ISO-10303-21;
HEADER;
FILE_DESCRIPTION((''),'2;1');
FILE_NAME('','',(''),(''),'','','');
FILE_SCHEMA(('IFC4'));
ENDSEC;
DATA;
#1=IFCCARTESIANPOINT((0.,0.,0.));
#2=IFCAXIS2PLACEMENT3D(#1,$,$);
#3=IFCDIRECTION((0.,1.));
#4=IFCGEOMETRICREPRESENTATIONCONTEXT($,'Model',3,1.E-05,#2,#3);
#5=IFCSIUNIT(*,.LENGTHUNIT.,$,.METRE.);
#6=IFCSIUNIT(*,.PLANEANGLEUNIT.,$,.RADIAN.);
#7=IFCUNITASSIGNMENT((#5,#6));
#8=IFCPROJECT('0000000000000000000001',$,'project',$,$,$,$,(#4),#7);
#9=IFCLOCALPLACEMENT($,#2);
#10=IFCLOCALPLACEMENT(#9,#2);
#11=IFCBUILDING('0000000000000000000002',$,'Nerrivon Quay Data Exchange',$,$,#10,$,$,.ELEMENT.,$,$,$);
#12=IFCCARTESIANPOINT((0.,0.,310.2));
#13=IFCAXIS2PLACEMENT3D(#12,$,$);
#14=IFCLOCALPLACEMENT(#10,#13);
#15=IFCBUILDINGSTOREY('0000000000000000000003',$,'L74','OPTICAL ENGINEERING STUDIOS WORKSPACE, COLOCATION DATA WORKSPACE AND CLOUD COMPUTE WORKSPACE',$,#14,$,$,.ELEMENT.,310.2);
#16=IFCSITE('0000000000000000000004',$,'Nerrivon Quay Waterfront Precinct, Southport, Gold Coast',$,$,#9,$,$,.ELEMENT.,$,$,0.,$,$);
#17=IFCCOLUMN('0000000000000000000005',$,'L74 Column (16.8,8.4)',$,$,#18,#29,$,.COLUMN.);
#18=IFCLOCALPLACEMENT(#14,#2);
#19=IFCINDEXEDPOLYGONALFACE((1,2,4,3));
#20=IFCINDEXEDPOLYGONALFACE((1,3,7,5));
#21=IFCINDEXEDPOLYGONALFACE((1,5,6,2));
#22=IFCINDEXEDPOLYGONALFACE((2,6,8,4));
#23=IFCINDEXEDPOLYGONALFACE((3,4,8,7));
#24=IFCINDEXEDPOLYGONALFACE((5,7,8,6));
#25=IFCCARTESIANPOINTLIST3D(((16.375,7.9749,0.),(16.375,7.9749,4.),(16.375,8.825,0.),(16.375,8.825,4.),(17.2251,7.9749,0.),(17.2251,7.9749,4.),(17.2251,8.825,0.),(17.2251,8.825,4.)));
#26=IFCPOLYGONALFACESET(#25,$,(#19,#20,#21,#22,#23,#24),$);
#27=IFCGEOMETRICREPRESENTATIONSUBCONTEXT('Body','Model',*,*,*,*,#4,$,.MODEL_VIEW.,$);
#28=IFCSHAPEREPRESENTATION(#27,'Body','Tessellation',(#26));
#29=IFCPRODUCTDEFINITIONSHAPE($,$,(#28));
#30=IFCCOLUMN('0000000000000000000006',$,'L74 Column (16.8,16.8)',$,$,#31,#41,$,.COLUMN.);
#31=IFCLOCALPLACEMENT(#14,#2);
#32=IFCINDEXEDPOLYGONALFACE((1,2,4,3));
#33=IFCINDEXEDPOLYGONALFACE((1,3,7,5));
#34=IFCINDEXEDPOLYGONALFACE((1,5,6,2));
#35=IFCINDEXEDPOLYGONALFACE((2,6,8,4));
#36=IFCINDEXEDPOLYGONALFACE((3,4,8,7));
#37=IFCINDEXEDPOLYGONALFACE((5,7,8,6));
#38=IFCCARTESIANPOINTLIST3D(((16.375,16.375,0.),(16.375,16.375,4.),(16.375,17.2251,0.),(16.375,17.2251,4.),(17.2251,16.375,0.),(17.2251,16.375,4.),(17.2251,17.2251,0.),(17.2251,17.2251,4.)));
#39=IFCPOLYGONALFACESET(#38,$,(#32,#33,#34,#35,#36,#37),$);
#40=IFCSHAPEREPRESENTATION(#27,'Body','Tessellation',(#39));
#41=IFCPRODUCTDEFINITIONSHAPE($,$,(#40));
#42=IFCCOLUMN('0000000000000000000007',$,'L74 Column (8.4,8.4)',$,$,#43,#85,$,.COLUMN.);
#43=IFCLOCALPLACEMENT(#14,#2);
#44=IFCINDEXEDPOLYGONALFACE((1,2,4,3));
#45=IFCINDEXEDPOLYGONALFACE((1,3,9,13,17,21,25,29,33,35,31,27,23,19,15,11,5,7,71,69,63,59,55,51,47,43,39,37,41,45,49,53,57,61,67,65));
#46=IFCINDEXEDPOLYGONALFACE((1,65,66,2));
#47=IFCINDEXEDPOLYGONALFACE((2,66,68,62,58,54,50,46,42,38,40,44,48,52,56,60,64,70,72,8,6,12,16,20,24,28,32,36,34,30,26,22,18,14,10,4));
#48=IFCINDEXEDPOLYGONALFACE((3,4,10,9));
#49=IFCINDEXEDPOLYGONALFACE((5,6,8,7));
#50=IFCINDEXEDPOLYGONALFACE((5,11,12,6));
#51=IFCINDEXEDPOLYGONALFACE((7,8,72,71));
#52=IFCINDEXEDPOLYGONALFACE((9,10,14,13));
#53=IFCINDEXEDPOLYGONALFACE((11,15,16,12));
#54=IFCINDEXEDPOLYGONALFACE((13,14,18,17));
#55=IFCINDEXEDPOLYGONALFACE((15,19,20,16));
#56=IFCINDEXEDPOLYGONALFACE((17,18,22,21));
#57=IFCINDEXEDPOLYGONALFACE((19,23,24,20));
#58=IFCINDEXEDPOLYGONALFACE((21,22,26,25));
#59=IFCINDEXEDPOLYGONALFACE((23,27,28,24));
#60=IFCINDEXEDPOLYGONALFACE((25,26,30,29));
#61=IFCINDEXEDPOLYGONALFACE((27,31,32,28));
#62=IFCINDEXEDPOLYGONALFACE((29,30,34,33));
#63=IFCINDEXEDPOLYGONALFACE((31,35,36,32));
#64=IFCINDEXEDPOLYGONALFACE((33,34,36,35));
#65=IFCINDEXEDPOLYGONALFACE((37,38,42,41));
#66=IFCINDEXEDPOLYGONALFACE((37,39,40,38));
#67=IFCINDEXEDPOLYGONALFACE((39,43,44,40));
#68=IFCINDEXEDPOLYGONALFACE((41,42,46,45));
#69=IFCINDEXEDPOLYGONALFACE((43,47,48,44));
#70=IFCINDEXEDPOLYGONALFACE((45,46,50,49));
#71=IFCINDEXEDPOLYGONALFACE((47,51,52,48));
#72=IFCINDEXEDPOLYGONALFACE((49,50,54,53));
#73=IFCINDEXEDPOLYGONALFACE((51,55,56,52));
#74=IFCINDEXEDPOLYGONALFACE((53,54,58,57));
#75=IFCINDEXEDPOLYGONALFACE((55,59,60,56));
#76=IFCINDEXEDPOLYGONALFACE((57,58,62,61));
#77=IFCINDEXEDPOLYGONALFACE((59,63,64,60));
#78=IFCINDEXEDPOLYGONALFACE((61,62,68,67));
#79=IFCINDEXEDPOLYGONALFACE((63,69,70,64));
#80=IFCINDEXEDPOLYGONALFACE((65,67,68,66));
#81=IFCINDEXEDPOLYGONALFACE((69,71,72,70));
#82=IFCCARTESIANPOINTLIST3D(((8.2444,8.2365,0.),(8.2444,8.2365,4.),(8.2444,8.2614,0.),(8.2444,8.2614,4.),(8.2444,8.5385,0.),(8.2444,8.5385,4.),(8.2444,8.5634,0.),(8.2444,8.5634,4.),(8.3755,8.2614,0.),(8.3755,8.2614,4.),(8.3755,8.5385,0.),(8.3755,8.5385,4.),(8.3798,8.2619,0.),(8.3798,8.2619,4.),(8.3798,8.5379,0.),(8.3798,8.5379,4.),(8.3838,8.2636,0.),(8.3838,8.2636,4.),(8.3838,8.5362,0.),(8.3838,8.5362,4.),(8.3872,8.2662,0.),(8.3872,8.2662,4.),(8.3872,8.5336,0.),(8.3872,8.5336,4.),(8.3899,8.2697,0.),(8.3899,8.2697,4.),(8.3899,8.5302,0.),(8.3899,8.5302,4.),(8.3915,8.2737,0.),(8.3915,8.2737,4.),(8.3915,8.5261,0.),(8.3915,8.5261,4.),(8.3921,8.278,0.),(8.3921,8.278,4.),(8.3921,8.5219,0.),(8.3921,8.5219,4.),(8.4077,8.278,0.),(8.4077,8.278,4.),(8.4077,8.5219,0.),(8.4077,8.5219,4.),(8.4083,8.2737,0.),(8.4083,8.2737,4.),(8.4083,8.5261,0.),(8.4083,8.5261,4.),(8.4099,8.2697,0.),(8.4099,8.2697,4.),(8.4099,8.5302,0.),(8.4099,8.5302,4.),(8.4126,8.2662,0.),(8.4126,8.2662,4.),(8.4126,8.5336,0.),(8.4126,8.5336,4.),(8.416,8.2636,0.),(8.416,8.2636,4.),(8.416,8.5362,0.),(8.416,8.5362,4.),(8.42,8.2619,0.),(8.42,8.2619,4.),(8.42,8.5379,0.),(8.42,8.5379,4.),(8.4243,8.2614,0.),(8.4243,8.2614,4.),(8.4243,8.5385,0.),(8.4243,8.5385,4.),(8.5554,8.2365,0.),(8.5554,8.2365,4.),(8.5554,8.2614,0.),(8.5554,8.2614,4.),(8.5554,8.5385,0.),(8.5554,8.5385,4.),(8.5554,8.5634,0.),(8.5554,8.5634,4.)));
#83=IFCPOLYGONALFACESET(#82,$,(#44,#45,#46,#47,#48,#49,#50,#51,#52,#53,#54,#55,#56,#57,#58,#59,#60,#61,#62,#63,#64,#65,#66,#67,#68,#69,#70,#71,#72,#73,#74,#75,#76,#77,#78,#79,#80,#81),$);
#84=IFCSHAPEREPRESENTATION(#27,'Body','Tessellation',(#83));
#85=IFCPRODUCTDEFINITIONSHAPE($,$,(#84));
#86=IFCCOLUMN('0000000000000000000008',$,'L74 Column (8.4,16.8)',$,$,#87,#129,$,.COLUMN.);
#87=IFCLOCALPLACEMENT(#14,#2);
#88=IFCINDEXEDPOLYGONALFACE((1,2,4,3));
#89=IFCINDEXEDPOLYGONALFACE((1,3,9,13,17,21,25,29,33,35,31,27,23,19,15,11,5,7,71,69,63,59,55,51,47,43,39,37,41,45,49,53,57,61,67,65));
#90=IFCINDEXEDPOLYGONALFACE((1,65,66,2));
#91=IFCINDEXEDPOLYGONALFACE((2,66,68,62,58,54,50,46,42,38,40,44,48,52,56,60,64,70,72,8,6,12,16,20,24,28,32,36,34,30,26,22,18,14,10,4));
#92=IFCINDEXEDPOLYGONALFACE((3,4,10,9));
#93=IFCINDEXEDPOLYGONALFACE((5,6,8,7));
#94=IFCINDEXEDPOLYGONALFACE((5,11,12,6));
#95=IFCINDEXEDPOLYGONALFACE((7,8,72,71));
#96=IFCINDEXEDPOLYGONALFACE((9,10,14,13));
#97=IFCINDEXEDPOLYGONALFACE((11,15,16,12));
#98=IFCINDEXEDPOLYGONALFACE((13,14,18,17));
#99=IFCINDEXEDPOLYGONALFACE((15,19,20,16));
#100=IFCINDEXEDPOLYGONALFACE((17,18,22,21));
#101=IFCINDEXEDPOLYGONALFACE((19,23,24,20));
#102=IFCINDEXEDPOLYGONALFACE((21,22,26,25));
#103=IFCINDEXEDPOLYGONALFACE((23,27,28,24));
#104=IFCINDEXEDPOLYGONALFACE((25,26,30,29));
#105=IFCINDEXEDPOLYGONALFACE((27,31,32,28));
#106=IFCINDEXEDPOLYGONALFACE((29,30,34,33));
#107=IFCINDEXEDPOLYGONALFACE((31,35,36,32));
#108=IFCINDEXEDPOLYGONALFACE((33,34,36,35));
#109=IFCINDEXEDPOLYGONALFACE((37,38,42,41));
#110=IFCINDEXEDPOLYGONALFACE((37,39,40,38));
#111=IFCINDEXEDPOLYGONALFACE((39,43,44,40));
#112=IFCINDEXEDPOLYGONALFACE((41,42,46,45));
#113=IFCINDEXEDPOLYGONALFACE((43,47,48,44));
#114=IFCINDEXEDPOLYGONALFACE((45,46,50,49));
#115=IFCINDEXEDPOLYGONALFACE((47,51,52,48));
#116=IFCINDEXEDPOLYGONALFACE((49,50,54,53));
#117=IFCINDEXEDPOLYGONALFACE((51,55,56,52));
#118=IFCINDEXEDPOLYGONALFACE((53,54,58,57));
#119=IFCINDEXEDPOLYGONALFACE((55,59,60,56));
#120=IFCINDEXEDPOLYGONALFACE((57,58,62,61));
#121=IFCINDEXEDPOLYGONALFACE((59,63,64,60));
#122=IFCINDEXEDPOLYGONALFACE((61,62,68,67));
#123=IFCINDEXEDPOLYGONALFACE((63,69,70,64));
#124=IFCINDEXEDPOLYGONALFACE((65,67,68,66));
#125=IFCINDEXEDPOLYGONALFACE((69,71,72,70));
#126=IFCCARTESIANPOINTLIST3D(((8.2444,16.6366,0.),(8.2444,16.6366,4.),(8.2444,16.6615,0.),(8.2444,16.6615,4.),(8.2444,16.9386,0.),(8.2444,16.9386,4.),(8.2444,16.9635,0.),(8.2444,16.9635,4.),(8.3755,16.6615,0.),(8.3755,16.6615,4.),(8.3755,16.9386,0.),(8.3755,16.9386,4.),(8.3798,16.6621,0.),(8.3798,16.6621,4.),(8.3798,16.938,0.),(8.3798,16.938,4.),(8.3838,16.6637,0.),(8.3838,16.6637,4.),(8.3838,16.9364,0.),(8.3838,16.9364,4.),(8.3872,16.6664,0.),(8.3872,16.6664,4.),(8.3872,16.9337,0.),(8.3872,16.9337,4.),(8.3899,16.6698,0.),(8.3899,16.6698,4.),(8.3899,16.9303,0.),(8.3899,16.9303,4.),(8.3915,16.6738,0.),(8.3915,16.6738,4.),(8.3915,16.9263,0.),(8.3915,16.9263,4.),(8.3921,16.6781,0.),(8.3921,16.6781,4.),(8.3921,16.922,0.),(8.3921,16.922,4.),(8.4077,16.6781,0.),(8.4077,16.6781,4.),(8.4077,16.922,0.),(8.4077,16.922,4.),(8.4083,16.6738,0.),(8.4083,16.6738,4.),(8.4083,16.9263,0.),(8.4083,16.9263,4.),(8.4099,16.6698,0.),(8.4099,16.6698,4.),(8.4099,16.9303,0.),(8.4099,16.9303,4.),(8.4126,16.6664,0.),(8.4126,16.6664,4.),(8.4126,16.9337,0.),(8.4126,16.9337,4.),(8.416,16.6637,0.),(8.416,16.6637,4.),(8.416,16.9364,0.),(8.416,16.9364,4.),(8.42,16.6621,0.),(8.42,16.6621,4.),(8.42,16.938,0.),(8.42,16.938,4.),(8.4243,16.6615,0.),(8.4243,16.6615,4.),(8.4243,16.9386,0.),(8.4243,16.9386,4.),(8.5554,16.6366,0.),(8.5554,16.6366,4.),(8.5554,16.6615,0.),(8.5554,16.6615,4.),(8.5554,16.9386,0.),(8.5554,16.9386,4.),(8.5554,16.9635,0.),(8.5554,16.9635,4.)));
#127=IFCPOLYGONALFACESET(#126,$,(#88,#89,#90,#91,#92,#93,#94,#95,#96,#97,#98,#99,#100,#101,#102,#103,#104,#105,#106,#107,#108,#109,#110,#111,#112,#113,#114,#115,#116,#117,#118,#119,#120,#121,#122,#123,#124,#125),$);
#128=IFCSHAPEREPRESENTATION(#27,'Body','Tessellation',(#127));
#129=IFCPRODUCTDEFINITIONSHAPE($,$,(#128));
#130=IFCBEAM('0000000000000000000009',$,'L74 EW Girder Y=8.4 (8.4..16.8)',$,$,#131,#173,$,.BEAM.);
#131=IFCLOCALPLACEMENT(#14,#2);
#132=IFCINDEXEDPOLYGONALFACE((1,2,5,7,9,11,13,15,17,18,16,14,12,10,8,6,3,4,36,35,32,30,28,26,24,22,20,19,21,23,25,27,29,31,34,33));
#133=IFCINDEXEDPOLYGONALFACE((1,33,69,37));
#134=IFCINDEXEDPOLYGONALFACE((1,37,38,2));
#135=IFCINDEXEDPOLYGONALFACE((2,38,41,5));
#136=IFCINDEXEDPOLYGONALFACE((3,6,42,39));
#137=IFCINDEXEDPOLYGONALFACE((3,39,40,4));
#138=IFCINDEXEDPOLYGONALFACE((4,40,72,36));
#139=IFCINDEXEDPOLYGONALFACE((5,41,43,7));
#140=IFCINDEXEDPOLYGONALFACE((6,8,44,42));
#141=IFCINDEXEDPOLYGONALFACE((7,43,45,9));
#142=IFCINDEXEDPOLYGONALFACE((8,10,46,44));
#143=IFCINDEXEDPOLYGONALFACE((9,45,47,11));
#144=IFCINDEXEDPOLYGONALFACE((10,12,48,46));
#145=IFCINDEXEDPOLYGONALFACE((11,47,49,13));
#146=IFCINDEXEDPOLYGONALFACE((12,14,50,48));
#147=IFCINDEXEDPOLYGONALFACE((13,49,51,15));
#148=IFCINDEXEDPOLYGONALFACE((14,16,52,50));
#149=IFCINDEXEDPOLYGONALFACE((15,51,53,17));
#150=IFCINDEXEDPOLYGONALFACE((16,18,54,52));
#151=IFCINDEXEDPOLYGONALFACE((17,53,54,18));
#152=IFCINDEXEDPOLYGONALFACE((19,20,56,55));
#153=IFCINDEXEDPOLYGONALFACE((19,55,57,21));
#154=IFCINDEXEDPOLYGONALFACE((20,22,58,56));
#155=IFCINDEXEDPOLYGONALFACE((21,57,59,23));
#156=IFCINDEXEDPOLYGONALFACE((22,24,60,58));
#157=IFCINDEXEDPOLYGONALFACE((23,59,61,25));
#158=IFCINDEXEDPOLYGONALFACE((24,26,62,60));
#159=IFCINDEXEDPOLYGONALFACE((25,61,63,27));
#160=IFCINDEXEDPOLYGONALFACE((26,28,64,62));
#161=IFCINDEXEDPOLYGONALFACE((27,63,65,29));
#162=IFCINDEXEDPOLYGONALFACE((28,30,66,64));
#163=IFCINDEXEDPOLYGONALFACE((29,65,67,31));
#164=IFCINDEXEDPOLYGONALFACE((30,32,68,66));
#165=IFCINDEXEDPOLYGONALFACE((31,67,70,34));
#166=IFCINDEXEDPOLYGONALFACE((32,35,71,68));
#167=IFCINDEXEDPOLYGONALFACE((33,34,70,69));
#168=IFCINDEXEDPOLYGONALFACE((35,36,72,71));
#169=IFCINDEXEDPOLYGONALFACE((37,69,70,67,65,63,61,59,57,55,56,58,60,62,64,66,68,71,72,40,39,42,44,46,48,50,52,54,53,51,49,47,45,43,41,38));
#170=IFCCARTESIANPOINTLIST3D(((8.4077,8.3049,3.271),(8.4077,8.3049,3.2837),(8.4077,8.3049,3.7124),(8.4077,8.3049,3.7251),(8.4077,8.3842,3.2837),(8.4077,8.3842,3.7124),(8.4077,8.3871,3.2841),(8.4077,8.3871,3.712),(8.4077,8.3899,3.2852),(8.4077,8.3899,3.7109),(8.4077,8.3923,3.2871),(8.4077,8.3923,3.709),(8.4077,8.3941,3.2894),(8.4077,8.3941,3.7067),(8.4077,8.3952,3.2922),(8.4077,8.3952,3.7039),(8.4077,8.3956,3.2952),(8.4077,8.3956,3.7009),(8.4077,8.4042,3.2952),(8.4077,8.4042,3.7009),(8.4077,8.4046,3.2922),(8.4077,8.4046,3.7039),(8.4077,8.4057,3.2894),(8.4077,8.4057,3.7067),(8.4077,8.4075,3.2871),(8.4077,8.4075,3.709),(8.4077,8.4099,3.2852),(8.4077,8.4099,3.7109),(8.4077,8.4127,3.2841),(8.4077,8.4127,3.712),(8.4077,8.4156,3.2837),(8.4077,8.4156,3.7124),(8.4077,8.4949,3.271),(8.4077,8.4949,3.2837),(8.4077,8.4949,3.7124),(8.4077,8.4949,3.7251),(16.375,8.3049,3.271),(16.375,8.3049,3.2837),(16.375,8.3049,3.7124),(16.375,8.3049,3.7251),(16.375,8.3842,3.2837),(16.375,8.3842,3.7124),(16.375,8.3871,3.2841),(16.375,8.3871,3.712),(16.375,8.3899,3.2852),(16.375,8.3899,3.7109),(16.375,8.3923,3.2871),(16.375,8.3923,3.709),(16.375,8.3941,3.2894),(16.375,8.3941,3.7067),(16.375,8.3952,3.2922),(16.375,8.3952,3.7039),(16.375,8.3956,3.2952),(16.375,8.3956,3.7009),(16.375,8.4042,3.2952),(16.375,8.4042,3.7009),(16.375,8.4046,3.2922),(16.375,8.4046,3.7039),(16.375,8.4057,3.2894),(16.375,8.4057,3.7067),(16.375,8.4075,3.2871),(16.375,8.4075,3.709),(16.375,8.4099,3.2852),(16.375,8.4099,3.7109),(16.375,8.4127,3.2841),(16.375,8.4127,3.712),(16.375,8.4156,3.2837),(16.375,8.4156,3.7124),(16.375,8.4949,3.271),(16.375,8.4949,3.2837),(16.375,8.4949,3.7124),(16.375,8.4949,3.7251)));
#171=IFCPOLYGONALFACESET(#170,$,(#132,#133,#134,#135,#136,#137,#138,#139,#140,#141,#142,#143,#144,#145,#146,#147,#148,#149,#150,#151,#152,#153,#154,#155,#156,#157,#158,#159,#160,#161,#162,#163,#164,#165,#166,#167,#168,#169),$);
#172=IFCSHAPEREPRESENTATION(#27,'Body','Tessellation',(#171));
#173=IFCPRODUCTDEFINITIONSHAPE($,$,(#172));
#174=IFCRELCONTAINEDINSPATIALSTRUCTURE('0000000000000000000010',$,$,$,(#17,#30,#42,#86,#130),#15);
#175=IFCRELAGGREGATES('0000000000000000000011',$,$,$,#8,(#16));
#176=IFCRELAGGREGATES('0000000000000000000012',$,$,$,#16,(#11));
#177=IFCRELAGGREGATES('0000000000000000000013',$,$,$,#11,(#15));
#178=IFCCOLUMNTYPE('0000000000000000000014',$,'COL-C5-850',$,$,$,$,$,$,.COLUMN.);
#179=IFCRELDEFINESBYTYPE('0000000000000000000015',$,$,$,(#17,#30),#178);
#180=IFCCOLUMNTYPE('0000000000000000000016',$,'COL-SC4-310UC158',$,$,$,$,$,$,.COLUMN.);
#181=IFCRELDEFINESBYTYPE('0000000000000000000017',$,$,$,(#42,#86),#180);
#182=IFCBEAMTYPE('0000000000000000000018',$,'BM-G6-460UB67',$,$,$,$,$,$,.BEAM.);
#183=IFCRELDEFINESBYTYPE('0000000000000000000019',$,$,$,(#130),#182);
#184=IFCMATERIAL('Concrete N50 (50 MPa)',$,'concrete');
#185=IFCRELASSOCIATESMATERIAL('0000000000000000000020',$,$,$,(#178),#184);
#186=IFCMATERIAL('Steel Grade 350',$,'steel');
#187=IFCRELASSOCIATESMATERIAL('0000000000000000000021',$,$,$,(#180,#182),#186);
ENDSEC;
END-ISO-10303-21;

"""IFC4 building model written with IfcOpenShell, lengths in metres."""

from ifc_helpers import new_model, si_unit, direction, frame, origin, origin_2d, place, context, subcontext, project, spatial, rectangle, i_section, extrude, material, material_profile, profile_set, type_object, element, save


model = new_model("IFC4")

# Units and contexts
model_context = context("Model", 3, precision=1e-05, world=origin(), true_north=direction((0.0, 1.0)))
body_context = subcontext(model_context, "Body", "Model", "MODEL_VIEW")
ifc_project = project(units=[si_unit("LENGTHUNIT", "METRE"), si_unit("PLANEANGLEUNIT", "RADIAN")], contexts=[model_context])

# Site, building, storey
site_placement = place(None, origin())
site = spatial("IfcSite", under=ifc_project, at=site_placement, Name="Nerrivon Quay Waterfront Precinct, Southport, Gold Coast", CompositionType="ELEMENT", RefElevation=0.0)
building_placement = place(site_placement, origin())
building = spatial("IfcBuilding", under=site, at=building_placement, Name="Nerrivon Quay Data Exchange", CompositionType="ELEMENT")
storey_placement = place(building_placement, frame((0.0, 0.0, 310.2)))
storey = spatial("IfcBuildingStorey", under=building, at=storey_placement, Name="L74", Description="OPTICAL ENGINEERING STUDIOS WORKSPACE, COLOCATION DATA WORKSPACE AND CLOUD COMPUTE WORKSPACE", CompositionType="ELEMENT", Elevation=310.2)

# Columns
ifc_material_1 = material(Name="Concrete N50 (50 MPa)", Category="concrete")
ifc_material_profile_1 = material_profile(ifc_material_1, rectangle(XDim=0.8501, YDim=0.8501, at=origin_2d()), Name="RC-COL-850x850")
ifc_profile_set_1 = profile_set([ifc_material_profile_1], Name="Concrete N50 (50 MPa)")
column_type_1 = type_object("IfcColumnType", Name="COL-C5-850", PredefinedType="COLUMN", material=ifc_profile_set_1)
for number, where, z_axis, x_axis, name in (
    (1, (16.8, 8.3999, 0.0), (0.0, 0.0, 1.0), (1.0, 0.0, 0.0), "L74 Column (16.8,8.4)"),
    (2, (16.8, 16.8, 0.0), (0.0, 0.0, 1.0), (1.0, 0.0, 0.0), "L74 Column (16.8,16.8)"),
):
    element("IfcColumn", number, at=place(storey_placement, frame(where, z_axis=z_axis, x_axis=x_axis)), inside=storey, type_object=column_type_1, Name=name, PredefinedType="COLUMN", context=body_context, shape_type="SweptSolid", body=[
        extrude(rectangle(XDim=0.8501, YDim=0.8501, at=origin_2d()), origin(), (0.0, 0.0, 1.0), 4.0),
    ])
ifc_material_2 = material(Name="Steel Grade 350", Category="steel")
ifc_material_profile_2 = material_profile(ifc_material_2, i_section(OverallWidth=0.311, OverallDepth=0.3269, WebThickness=0.0156, FlangeThickness=0.0249, FilletRadius=0.0166, at=origin_2d()), Name="310UC158")
ifc_profile_set_2 = profile_set([ifc_material_profile_2], Name="Steel Grade 350")
column_type_2 = type_object("IfcColumnType", Name="COL-SC4-310UC158", PredefinedType="COLUMN", material=ifc_profile_set_2)
for number, where, z_axis, x_axis, name in (
    (3, (8.3999, 8.3999, 0.0), (0.0, 0.0, 1.0), (1.0, 0.0, 0.0), "L74 Column (8.4,8.4)"),
    (4, (8.3999, 16.8, 0.0), (0.0, 0.0, 1.0), (1.0, 0.0, 0.0), "L74 Column (8.4,16.8)"),
):
    element("IfcColumn", number, at=place(storey_placement, frame(where, z_axis=z_axis, x_axis=x_axis)), inside=storey, type_object=column_type_2, Name=name, PredefinedType="COLUMN", context=body_context, shape_type="SweptSolid", body=[
        extrude(i_section(OverallWidth=0.311, OverallDepth=0.3269, WebThickness=0.0156, FlangeThickness=0.0249, FilletRadius=0.0166, at=origin_2d()), origin(), (0.0, 0.0, 1.0), 4.0),
    ])

# Beam
ifc_material_profile_3 = material_profile(ifc_material_2, i_section(OverallWidth=0.1899, OverallDepth=0.4541, WebThickness=0.0085, FlangeThickness=0.0127, FilletRadius=0.0115, at=origin_2d()), Name="460UB67.1")
ifc_profile_set_3 = profile_set([ifc_material_profile_3], Name="Steel Grade 350")
beam_type_1 = type_object("IfcBeamType", Name="BM-G6-460UB67", PredefinedType="BEAM", material=ifc_profile_set_3)
for number, where, z_axis, x_axis, name in (
    (5, (8.4077, 8.3999, 3.498), (1.0, 0.0, 0.0), (0.0, 1.0, 0.0), "L74 EW Girder Y=8.4 (8.4..16.8)"),
):
    element("IfcBeam", number, at=place(storey_placement, frame(where, z_axis=z_axis, x_axis=x_axis)), inside=storey, type_object=beam_type_1, Name=name, PredefinedType="BEAM", context=body_context, shape_type="SweptSolid", body=[
        extrude(i_section(OverallWidth=0.1899, OverallDepth=0.4541, WebThickness=0.0085, FlangeThickness=0.0127, FilletRadius=0.0115, at=origin_2d()), origin(), (0.0, 0.0, 1.0), 7.9673),
    ])

save(model, "model.ifc")
